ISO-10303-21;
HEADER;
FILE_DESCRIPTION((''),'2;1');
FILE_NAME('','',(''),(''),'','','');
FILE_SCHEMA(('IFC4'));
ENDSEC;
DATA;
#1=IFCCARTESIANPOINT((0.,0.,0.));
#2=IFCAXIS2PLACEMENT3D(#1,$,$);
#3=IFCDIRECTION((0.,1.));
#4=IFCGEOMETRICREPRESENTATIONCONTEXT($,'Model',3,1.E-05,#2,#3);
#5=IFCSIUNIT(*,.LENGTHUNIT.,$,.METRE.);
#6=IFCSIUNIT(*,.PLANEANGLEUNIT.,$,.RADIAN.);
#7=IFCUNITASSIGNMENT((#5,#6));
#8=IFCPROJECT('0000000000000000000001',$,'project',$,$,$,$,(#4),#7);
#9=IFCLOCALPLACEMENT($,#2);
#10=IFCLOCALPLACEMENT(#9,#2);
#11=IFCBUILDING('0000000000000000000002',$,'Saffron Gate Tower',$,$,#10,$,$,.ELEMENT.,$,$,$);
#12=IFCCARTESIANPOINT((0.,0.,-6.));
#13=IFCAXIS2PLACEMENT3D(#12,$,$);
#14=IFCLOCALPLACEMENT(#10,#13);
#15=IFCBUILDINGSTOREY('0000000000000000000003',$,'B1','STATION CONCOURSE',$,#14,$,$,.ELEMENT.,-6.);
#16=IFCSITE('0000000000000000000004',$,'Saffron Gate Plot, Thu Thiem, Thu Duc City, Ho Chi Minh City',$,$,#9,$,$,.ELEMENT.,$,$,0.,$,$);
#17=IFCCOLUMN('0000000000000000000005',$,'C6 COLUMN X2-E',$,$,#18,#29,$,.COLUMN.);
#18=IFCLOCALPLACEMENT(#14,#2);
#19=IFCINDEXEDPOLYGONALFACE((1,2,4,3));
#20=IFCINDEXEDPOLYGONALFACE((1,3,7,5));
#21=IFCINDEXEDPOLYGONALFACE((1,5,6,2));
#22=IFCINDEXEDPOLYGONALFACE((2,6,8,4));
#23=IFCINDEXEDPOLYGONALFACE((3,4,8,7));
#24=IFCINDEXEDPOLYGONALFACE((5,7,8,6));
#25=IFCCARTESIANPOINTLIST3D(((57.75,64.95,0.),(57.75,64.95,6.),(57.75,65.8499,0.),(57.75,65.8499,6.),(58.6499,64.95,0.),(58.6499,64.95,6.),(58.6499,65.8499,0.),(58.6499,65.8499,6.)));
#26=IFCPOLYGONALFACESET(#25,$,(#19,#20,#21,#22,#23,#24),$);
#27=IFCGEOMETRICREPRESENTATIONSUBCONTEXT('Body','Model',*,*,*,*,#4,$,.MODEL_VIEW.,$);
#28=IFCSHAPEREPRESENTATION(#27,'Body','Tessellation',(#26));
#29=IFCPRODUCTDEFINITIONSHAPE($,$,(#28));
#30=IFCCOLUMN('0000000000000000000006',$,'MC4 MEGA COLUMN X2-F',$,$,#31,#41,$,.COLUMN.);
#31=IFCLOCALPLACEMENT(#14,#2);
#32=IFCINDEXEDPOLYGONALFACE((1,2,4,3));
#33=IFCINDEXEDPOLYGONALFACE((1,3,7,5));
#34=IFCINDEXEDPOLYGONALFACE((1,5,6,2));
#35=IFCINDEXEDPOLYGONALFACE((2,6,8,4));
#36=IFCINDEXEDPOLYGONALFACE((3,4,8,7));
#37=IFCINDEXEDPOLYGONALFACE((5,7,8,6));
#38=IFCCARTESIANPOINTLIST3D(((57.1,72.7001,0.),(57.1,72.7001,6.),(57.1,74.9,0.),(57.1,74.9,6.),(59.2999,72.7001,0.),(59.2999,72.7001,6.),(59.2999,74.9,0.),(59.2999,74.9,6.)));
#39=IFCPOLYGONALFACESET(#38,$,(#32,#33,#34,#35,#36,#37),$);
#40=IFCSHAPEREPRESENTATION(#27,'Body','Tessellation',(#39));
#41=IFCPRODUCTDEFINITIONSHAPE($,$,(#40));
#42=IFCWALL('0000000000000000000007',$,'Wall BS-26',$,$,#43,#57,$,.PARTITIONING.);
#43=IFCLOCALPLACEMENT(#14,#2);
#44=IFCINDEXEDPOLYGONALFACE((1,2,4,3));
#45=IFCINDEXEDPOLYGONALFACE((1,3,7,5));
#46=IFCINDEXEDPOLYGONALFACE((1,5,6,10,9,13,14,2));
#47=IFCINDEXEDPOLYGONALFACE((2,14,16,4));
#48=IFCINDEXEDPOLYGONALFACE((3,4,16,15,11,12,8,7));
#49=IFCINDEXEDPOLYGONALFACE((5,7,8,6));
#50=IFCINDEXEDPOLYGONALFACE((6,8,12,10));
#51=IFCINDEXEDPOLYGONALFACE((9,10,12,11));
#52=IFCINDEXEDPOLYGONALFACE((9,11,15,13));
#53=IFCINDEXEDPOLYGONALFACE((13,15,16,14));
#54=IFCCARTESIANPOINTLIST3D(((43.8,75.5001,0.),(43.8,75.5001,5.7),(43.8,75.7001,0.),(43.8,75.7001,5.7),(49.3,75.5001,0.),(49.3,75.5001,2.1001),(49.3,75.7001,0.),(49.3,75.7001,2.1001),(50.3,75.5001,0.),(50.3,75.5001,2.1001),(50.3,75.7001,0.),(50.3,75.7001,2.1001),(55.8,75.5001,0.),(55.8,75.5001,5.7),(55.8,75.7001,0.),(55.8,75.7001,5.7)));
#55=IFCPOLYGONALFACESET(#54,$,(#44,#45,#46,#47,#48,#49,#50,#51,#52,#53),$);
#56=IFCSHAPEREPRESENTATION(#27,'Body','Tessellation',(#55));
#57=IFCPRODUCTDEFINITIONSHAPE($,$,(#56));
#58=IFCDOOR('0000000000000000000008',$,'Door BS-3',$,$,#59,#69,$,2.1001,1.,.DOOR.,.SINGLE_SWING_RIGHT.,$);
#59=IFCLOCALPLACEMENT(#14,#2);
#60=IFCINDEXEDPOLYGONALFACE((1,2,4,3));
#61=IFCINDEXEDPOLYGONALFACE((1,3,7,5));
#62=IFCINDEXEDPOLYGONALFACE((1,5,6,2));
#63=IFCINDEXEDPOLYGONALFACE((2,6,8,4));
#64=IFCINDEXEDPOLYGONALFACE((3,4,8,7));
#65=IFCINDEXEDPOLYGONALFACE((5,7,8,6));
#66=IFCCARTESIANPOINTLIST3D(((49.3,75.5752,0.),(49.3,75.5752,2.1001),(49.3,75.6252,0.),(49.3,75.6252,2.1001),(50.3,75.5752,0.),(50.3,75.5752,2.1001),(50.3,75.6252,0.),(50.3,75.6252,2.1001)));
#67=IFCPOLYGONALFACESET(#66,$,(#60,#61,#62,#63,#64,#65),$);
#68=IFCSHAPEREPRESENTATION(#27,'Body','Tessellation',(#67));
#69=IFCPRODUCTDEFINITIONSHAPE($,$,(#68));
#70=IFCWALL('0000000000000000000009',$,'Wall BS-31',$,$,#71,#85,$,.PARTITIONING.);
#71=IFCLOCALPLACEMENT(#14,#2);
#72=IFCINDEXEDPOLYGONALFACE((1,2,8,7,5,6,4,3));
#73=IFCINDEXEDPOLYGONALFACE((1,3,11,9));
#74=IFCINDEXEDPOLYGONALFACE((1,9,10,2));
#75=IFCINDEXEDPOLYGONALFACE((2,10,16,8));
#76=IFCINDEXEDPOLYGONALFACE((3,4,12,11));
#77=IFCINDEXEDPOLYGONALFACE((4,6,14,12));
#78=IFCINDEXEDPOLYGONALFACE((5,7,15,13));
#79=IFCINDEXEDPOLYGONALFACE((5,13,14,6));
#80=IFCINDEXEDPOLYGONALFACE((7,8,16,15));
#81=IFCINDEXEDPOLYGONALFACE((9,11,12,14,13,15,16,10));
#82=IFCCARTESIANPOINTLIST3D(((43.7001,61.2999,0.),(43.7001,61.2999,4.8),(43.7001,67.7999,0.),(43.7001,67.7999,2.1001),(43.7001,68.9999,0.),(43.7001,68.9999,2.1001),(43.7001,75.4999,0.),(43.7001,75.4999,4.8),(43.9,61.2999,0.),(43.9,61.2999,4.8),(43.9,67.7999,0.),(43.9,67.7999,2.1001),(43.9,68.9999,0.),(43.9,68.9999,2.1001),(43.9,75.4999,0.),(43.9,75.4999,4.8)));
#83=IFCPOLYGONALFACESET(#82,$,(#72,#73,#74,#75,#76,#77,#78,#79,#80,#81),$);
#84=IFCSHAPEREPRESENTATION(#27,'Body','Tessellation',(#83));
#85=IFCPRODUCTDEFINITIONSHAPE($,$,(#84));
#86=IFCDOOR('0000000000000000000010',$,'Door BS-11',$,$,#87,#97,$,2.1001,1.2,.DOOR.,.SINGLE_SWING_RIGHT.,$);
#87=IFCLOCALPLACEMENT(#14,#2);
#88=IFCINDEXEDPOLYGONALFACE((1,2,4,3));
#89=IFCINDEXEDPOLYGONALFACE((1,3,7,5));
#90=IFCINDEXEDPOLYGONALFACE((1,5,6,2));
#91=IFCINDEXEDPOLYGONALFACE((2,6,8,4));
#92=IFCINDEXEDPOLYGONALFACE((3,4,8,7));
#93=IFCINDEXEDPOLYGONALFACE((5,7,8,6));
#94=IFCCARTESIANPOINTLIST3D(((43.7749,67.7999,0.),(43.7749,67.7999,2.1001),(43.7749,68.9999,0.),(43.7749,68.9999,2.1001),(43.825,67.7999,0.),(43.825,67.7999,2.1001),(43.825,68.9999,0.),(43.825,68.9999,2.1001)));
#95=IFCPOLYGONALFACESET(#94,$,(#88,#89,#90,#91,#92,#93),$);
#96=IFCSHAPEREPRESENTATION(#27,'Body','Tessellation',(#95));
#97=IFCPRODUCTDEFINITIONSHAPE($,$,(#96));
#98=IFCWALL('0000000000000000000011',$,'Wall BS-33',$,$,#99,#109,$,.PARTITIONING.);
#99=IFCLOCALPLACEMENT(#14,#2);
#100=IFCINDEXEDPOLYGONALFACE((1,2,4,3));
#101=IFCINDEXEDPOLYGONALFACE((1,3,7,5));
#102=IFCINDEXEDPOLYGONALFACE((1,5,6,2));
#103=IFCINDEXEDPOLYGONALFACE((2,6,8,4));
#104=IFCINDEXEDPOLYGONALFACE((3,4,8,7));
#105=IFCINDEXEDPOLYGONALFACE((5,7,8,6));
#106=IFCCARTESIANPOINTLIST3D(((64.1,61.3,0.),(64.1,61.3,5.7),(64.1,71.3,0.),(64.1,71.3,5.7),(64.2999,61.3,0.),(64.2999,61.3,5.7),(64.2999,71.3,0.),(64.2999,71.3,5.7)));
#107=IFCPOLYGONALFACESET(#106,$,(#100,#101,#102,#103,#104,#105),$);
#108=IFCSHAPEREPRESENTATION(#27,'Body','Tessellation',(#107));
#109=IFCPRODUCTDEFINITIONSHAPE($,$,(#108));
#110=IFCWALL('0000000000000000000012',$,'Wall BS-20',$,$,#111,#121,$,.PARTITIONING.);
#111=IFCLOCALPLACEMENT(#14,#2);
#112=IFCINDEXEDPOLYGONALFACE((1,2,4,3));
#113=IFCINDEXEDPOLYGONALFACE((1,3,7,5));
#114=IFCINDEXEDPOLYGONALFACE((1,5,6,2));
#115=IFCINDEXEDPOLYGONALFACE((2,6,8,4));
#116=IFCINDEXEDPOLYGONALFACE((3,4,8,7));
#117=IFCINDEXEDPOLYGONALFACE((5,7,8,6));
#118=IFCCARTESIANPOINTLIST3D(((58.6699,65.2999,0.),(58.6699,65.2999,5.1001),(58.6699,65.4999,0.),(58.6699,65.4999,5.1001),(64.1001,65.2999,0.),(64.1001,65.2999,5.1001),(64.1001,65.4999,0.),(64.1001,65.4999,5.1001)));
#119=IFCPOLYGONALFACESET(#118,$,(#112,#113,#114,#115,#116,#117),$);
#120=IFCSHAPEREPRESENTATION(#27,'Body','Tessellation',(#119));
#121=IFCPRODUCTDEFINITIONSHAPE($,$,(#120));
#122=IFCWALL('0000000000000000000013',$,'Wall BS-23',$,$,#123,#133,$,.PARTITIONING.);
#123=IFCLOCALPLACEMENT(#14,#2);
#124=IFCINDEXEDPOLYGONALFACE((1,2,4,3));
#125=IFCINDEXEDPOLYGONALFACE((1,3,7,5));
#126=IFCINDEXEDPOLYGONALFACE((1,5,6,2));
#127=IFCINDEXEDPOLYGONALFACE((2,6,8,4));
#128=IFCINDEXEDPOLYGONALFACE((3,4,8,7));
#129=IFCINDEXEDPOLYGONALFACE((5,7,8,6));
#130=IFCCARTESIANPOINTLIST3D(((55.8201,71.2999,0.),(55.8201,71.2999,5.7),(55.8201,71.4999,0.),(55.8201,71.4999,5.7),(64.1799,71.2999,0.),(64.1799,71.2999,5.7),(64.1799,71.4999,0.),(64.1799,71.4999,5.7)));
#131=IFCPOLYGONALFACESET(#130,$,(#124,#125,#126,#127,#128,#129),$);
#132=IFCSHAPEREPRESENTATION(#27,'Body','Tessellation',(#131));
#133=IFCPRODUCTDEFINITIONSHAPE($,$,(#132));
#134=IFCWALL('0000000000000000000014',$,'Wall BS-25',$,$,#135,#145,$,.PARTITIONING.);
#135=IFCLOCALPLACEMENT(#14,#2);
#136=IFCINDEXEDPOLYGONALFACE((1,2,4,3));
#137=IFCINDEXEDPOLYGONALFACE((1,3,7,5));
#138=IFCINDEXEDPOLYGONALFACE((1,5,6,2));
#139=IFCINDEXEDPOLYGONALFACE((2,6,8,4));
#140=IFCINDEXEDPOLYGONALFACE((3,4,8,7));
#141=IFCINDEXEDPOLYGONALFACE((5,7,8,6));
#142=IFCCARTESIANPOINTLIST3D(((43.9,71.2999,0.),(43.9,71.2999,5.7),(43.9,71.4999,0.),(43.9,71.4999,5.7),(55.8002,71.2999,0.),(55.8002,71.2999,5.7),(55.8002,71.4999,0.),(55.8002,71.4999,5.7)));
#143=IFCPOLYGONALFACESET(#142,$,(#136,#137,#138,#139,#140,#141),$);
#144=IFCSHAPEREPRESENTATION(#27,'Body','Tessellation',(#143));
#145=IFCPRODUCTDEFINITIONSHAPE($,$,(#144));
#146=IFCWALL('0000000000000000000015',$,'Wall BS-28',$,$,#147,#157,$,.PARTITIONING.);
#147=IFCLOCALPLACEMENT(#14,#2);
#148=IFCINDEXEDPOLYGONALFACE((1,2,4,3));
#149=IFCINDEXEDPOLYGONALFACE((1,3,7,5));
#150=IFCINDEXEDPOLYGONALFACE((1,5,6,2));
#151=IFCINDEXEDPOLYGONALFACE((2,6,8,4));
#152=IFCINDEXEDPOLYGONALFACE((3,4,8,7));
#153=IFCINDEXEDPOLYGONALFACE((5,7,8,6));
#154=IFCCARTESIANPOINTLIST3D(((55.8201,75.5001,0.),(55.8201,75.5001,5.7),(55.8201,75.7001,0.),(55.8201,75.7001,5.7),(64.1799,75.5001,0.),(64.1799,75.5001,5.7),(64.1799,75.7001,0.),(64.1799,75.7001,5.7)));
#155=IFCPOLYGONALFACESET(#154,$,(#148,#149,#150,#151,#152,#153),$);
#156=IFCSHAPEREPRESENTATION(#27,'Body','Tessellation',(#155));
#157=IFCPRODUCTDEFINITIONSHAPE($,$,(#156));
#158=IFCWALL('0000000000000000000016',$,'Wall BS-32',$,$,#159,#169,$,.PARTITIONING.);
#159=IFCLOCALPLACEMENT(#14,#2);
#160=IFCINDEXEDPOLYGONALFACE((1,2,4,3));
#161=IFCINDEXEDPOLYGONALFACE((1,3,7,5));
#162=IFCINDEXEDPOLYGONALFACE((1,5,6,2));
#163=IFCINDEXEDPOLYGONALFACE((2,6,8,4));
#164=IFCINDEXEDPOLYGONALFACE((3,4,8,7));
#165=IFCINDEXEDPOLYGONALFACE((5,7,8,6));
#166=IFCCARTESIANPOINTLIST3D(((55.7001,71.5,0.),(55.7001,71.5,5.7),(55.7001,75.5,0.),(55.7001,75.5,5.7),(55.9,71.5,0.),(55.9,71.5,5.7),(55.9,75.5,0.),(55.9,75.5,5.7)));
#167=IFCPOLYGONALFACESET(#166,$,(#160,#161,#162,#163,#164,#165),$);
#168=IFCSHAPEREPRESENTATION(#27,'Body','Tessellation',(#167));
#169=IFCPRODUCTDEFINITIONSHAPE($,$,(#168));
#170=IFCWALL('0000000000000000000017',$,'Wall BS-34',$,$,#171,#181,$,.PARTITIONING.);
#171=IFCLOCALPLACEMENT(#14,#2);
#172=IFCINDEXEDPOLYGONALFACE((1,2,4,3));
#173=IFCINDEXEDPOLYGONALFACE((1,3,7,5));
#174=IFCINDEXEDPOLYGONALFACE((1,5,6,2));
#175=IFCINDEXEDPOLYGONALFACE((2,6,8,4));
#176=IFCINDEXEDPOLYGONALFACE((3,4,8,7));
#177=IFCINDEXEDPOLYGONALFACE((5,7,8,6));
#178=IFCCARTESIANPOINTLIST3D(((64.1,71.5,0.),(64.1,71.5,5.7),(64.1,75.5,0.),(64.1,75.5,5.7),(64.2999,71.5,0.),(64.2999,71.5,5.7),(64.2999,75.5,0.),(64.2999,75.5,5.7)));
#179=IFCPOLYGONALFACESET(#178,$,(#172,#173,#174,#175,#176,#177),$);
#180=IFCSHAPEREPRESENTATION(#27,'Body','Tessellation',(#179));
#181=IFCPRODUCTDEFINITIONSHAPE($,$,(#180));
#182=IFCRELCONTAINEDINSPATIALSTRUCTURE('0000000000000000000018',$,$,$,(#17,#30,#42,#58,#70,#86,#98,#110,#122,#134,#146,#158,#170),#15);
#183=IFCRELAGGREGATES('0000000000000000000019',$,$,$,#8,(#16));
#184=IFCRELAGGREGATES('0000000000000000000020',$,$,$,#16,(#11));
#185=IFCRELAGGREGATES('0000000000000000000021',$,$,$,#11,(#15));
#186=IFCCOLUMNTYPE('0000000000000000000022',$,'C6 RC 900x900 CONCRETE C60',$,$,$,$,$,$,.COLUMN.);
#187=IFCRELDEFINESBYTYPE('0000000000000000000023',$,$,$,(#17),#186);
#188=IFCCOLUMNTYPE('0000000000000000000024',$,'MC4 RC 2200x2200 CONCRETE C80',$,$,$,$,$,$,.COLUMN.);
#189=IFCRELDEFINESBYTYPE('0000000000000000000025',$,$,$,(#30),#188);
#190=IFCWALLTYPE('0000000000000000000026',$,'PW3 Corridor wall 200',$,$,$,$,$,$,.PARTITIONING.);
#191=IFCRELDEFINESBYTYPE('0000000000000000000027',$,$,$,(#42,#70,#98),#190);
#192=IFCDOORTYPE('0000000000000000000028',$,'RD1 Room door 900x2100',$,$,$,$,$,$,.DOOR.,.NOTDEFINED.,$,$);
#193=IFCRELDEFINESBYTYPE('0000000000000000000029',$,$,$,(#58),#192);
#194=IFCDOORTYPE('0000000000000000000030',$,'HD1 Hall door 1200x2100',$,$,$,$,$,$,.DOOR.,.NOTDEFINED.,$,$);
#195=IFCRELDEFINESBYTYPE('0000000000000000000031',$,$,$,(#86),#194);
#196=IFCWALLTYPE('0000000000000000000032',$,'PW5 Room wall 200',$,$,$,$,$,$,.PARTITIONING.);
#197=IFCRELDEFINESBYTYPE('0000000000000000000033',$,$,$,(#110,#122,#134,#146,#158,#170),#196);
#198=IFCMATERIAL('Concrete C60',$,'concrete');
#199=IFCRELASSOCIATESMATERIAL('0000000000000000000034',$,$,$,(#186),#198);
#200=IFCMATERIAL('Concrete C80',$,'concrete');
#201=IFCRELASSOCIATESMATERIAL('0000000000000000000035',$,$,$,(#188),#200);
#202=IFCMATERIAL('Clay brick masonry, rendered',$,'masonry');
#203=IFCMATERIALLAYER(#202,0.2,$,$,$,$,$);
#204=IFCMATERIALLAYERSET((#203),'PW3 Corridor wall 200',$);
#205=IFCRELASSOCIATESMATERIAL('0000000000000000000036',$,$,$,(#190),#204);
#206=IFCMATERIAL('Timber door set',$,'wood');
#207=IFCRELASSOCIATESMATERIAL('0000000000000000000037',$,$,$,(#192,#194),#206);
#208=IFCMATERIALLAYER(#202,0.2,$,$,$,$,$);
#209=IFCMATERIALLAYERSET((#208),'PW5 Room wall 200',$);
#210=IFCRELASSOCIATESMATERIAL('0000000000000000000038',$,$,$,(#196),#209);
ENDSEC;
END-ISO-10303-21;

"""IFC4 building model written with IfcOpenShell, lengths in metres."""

from ifc_helpers import new_model, si_unit, direction, frame, frame_2d, origin, origin_2d, place, context, subcontext, project, spatial, rectangle, extrude, material, layer, layer_set, material_profile, profile_set, type_object, element, fill, save


model = new_model("IFC4")

# Units and contexts
model_context = context("Model", 3, precision=1e-05, world=origin(), true_north=direction((0.0, 1.0)))
body_context = subcontext(model_context, "Body", "Model", "MODEL_VIEW")
ifc_project = project(units=[si_unit("LENGTHUNIT", "METRE"), si_unit("PLANEANGLEUNIT", "RADIAN")], contexts=[model_context])

# Site, building, storey
site_placement = place(None, origin())
site = spatial("IfcSite", under=ifc_project, at=site_placement, Name="Saffron Gate Plot, Thu Thiem, Thu Duc City, Ho Chi Minh City", CompositionType="ELEMENT", RefElevation=0.0)
building_placement = place(site_placement, origin())
building = spatial("IfcBuilding", under=site, at=building_placement, Name="Saffron Gate Tower", CompositionType="ELEMENT")
storey_placement = place(building_placement, frame((0.0, 0.0, -6.0)))
storey = spatial("IfcBuildingStorey", under=building, at=storey_placement, Name="B1", Description="STATION CONCOURSE", CompositionType="ELEMENT", Elevation=-6.0)

# Columns
ifc_material_1 = material(Name="Concrete C60", Category="concrete")
ifc_material_profile_1 = material_profile(ifc_material_1, rectangle(XDim=0.8999, YDim=0.8999, at=origin_2d()))
ifc_profile_set_1 = profile_set([ifc_material_profile_1], Name="Concrete C60")
column_type_1 = type_object("IfcColumnType", Name="C6 RC 900x900 CONCRETE C60", PredefinedType="COLUMN", material=ifc_profile_set_1)
for number, where, z_axis, x_axis, name in (
    (1, (58.2, 65.3999, 0.0), (0.0, 0.0, 1.0), (1.0, 0.0, 0.0), "C6 COLUMN X2-E"),
):
    element("IfcColumn", number, at=place(storey_placement, frame(where, z_axis=z_axis, x_axis=x_axis)), inside=storey, type_object=column_type_1, Name=name, PredefinedType="COLUMN", context=body_context, shape_type="SweptSolid", body=[
        extrude(rectangle(XDim=0.8999, YDim=0.8999, at=origin_2d()), origin(), (0.0, 0.0, 1.0), 6.0),
    ])
ifc_material_2 = material(Name="Concrete C80", Category="concrete")
ifc_material_profile_2 = material_profile(ifc_material_2, rectangle(XDim=2.2, YDim=2.2, at=origin_2d()))
ifc_profile_set_2 = profile_set([ifc_material_profile_2], Name="Concrete C80")
column_type_2 = type_object("IfcColumnType", Name="MC4 RC 2200x2200 CONCRETE C80", PredefinedType="COLUMN", material=ifc_profile_set_2)
column_placement = place(storey_placement, frame((58.2, 73.8, 0.0), z_axis=(0.0, 0.0, 1.0), x_axis=(1.0, 0.0, 0.0)))
element("IfcColumn", 2, at=column_placement, inside=storey, type_object=column_type_2, Name="MC4 MEGA COLUMN X2-F", PredefinedType="COLUMN", context=body_context, shape_type="SweptSolid", body=[
    extrude(rectangle(XDim=2.2, YDim=2.2, at=origin_2d()), origin(), (0.0, 0.0, 1.0), 6.0),
])

# Walls, openings, doors
ifc_material_3 = material(Name="Clay brick masonry, rendered", Category="masonry")
ifc_layer_1 = layer(ifc_material_3, 0.2)
ifc_layer_set_1 = layer_set([ifc_layer_1], Name="PW3 Corridor wall 200")
wall_type_1 = type_object("IfcWallType", Name="PW3 Corridor wall 200", PredefinedType="PARTITIONING", material=ifc_layer_set_1)
wall_1_placement = place(storey_placement, frame((55.8, 75.6001, 0.0), z_axis=(0.0, 0.0, 1.0), x_axis=(-1.0, 0.0, 0.0)))
wall_1 = element("IfcWall", 3, at=wall_1_placement, inside=storey, type_object=wall_type_1, Name="Wall BS-26", PredefinedType="PARTITIONING", context=body_context, shape_type="SweptSolid", body=[
    extrude(rectangle(XDim=12.0, YDim=0.2, at=frame_2d((6.0, 0.0))), origin(), (0.0, 0.0, 1.0), 5.7),
])
opening_1_placement = place(wall_1_placement, frame((5.5, 0.0, 0.0)))
opening_1 = element("IfcOpeningElement", 4, at=opening_1_placement, cuts=wall_1, PredefinedType="OPENING", context=body_context, shape_type="SweptSolid", body=[
    extrude(rectangle(XDim=1.0, YDim=2.1001, at=frame_2d((0.5, 1.05))), frame((0.0, 0.1099, 0.0), z_axis=(0.0, -1.0, 0.0), x_axis=(1.0, 0.0, 0.0)), (0.0, 0.0, 1.0), 0.22),
])
ifc_material_4 = material(Name="Timber door set", Category="wood")
door_type_1 = type_object("IfcDoorType", Name="RD1 Room door 900x2100", OperationType="NOTDEFINED", PredefinedType="DOOR", material=ifc_material_4)
door_1_placement = place(opening_1_placement, origin())
door_1 = element("IfcDoor", 5, at=door_1_placement, inside=storey, type_object=door_type_1, Name="Door BS-3", OperationType="SINGLE_SWING_RIGHT", OverallHeight=2.1001, OverallWidth=1.0, PredefinedType="DOOR", context=body_context, shape_type="SweptSolid", body=[
    extrude(rectangle(XDim=1.0, YDim=2.1001, at=frame_2d((0.5, 1.05))), frame((0.0, 0.0249, 0.0), z_axis=(0.0, -1.0, 0.0), x_axis=(1.0, 0.0, 0.0)), (0.0, 0.0, 1.0), 0.05),
])
fill(opening_1, door_1)
wall_2_placement = place(storey_placement, frame((43.8, 75.5, 0.0), z_axis=(0.0, 0.0, 1.0), x_axis=(0.0, -1.0, 0.0)))
wall_2 = element("IfcWall", 6, at=wall_2_placement, inside=storey, type_object=wall_type_1, Name="Wall BS-31", PredefinedType="PARTITIONING", context=body_context, shape_type="SweptSolid", body=[
    extrude(rectangle(XDim=14.2, YDim=0.2, at=frame_2d((7.1001, 0.0))), origin(), (0.0, 0.0, 1.0), 4.8),
])
opening_2_placement = place(wall_2_placement, frame((6.5, 0.0, 0.0)))
opening_2 = element("IfcOpeningElement", 7, at=opening_2_placement, cuts=wall_2, PredefinedType="OPENING", context=body_context, shape_type="SweptSolid", body=[
    extrude(rectangle(XDim=1.2, YDim=2.1001, at=frame_2d((0.6001, 1.05))), frame((0.0, 0.1099, 0.0), z_axis=(0.0, -1.0, 0.0), x_axis=(1.0, 0.0, 0.0)), (0.0, 0.0, 1.0), 0.22),
])
door_type_2 = type_object("IfcDoorType", Name="HD1 Hall door 1200x2100", OperationType="NOTDEFINED", PredefinedType="DOOR", material=ifc_material_4)
door_2_placement = place(opening_2_placement, origin())
door_2 = element("IfcDoor", 8, at=door_2_placement, inside=storey, type_object=door_type_2, Name="Door BS-11", OperationType="SINGLE_SWING_RIGHT", OverallHeight=2.1001, OverallWidth=1.2, PredefinedType="DOOR", context=body_context, shape_type="SweptSolid", body=[
    extrude(rectangle(XDim=1.2, YDim=2.1001, at=frame_2d((0.6001, 1.05))), frame((0.0, 0.0249, 0.0), z_axis=(0.0, -1.0, 0.0), x_axis=(1.0, 0.0, 0.0)), (0.0, 0.0, 1.0), 0.05),
])
fill(opening_2, door_2)

# Walls
wall_3_placement = place(storey_placement, frame((64.2, 71.3, 0.0), z_axis=(0.0, 0.0, 1.0), x_axis=(0.0, -1.0, 0.0)))
element("IfcWall", 9, at=wall_3_placement, inside=storey, type_object=wall_type_1, Name="Wall BS-33", PredefinedType="PARTITIONING", context=body_context, shape_type="SweptSolid", body=[
    extrude(rectangle(XDim=10.0, YDim=0.2, at=frame_2d((5.0, 0.0))), origin(), (0.0, 0.0, 1.0), 5.7),
])
ifc_layer_2 = layer(ifc_material_3, 0.2)
ifc_layer_set_2 = layer_set([ifc_layer_2], Name="PW5 Room wall 200")
wall_type_2 = type_object("IfcWallType", Name="PW5 Room wall 200", PredefinedType="PARTITIONING", material=ifc_layer_set_2)
wall_4_placement = place(storey_placement, frame((58.6699, 65.3999, 0.0), z_axis=(0.0, 0.0, 1.0), x_axis=(1.0, 0.0, 0.0)))
element("IfcWall", 10, at=wall_4_placement, inside=storey, type_object=wall_type_2, Name="Wall BS-20", PredefinedType="PARTITIONING", context=body_context, shape_type="SweptSolid", body=[
    extrude(rectangle(XDim=5.4302, YDim=0.2, at=frame_2d((2.7151, 0.0))), origin(), (0.0, 0.0, 1.0), 5.1001),
])
wall_5_placement = place(storey_placement, frame((55.8201, 71.3999, 0.0), z_axis=(0.0, 0.0, 1.0), x_axis=(1.0, 0.0, 0.0)))
element("IfcWall", 11, at=wall_5_placement, inside=storey, type_object=wall_type_2, Name="Wall BS-23", PredefinedType="PARTITIONING", context=body_context, shape_type="SweptSolid", body=[
    extrude(rectangle(XDim=8.3599, YDim=0.2, at=frame_2d((4.1799, 0.0))), origin(), (0.0, 0.0, 1.0), 5.7),
])
wall_6_placement = place(storey_placement, frame((43.8999, 71.3999, 0.0), z_axis=(0.0, 0.0, 1.0), x_axis=(1.0, 0.0, 0.0)))
element("IfcWall", 12, at=wall_6_placement, inside=storey, type_object=wall_type_2, Name="Wall BS-25", PredefinedType="PARTITIONING", context=body_context, shape_type="SweptSolid", body=[
    extrude(rectangle(XDim=11.9001, YDim=0.2, at=frame_2d((5.9502, 0.0))), origin(), (0.0, 0.0, 1.0), 5.7),
])
wall_7_placement = place(storey_placement, frame((55.8201, 75.6001, 0.0), z_axis=(0.0, 0.0, 1.0), x_axis=(1.0, 0.0, 0.0)))
element("IfcWall", 13, at=wall_7_placement, inside=storey, type_object=wall_type_2, Name="Wall BS-28", PredefinedType="PARTITIONING", context=body_context, shape_type="SweptSolid", body=[
    extrude(rectangle(XDim=8.3599, YDim=0.2, at=frame_2d((4.1799, 0.0))), origin(), (0.0, 0.0, 1.0), 5.7),
])
for number, where, z_axis, x_axis, name in (
    (14, (55.8, 75.5, 0.0), (0.0, 0.0, 1.0), (0.0, -1.0, 0.0), "Wall BS-32"),
    (15, (64.2, 75.5, 0.0), (0.0, 0.0, 1.0), (0.0, -1.0, 0.0), "Wall BS-34"),
):
    element("IfcWall", number, at=place(storey_placement, frame(where, z_axis=z_axis, x_axis=x_axis)), inside=storey, type_object=wall_type_2, Name=name, PredefinedType="PARTITIONING", context=body_context, shape_type="SweptSolid", body=[
        extrude(rectangle(XDim=4.0, YDim=0.2, at=frame_2d((2.0, 0.0))), origin(), (0.0, 0.0, 1.0), 5.7),
    ])

save(model, "model.ifc")
